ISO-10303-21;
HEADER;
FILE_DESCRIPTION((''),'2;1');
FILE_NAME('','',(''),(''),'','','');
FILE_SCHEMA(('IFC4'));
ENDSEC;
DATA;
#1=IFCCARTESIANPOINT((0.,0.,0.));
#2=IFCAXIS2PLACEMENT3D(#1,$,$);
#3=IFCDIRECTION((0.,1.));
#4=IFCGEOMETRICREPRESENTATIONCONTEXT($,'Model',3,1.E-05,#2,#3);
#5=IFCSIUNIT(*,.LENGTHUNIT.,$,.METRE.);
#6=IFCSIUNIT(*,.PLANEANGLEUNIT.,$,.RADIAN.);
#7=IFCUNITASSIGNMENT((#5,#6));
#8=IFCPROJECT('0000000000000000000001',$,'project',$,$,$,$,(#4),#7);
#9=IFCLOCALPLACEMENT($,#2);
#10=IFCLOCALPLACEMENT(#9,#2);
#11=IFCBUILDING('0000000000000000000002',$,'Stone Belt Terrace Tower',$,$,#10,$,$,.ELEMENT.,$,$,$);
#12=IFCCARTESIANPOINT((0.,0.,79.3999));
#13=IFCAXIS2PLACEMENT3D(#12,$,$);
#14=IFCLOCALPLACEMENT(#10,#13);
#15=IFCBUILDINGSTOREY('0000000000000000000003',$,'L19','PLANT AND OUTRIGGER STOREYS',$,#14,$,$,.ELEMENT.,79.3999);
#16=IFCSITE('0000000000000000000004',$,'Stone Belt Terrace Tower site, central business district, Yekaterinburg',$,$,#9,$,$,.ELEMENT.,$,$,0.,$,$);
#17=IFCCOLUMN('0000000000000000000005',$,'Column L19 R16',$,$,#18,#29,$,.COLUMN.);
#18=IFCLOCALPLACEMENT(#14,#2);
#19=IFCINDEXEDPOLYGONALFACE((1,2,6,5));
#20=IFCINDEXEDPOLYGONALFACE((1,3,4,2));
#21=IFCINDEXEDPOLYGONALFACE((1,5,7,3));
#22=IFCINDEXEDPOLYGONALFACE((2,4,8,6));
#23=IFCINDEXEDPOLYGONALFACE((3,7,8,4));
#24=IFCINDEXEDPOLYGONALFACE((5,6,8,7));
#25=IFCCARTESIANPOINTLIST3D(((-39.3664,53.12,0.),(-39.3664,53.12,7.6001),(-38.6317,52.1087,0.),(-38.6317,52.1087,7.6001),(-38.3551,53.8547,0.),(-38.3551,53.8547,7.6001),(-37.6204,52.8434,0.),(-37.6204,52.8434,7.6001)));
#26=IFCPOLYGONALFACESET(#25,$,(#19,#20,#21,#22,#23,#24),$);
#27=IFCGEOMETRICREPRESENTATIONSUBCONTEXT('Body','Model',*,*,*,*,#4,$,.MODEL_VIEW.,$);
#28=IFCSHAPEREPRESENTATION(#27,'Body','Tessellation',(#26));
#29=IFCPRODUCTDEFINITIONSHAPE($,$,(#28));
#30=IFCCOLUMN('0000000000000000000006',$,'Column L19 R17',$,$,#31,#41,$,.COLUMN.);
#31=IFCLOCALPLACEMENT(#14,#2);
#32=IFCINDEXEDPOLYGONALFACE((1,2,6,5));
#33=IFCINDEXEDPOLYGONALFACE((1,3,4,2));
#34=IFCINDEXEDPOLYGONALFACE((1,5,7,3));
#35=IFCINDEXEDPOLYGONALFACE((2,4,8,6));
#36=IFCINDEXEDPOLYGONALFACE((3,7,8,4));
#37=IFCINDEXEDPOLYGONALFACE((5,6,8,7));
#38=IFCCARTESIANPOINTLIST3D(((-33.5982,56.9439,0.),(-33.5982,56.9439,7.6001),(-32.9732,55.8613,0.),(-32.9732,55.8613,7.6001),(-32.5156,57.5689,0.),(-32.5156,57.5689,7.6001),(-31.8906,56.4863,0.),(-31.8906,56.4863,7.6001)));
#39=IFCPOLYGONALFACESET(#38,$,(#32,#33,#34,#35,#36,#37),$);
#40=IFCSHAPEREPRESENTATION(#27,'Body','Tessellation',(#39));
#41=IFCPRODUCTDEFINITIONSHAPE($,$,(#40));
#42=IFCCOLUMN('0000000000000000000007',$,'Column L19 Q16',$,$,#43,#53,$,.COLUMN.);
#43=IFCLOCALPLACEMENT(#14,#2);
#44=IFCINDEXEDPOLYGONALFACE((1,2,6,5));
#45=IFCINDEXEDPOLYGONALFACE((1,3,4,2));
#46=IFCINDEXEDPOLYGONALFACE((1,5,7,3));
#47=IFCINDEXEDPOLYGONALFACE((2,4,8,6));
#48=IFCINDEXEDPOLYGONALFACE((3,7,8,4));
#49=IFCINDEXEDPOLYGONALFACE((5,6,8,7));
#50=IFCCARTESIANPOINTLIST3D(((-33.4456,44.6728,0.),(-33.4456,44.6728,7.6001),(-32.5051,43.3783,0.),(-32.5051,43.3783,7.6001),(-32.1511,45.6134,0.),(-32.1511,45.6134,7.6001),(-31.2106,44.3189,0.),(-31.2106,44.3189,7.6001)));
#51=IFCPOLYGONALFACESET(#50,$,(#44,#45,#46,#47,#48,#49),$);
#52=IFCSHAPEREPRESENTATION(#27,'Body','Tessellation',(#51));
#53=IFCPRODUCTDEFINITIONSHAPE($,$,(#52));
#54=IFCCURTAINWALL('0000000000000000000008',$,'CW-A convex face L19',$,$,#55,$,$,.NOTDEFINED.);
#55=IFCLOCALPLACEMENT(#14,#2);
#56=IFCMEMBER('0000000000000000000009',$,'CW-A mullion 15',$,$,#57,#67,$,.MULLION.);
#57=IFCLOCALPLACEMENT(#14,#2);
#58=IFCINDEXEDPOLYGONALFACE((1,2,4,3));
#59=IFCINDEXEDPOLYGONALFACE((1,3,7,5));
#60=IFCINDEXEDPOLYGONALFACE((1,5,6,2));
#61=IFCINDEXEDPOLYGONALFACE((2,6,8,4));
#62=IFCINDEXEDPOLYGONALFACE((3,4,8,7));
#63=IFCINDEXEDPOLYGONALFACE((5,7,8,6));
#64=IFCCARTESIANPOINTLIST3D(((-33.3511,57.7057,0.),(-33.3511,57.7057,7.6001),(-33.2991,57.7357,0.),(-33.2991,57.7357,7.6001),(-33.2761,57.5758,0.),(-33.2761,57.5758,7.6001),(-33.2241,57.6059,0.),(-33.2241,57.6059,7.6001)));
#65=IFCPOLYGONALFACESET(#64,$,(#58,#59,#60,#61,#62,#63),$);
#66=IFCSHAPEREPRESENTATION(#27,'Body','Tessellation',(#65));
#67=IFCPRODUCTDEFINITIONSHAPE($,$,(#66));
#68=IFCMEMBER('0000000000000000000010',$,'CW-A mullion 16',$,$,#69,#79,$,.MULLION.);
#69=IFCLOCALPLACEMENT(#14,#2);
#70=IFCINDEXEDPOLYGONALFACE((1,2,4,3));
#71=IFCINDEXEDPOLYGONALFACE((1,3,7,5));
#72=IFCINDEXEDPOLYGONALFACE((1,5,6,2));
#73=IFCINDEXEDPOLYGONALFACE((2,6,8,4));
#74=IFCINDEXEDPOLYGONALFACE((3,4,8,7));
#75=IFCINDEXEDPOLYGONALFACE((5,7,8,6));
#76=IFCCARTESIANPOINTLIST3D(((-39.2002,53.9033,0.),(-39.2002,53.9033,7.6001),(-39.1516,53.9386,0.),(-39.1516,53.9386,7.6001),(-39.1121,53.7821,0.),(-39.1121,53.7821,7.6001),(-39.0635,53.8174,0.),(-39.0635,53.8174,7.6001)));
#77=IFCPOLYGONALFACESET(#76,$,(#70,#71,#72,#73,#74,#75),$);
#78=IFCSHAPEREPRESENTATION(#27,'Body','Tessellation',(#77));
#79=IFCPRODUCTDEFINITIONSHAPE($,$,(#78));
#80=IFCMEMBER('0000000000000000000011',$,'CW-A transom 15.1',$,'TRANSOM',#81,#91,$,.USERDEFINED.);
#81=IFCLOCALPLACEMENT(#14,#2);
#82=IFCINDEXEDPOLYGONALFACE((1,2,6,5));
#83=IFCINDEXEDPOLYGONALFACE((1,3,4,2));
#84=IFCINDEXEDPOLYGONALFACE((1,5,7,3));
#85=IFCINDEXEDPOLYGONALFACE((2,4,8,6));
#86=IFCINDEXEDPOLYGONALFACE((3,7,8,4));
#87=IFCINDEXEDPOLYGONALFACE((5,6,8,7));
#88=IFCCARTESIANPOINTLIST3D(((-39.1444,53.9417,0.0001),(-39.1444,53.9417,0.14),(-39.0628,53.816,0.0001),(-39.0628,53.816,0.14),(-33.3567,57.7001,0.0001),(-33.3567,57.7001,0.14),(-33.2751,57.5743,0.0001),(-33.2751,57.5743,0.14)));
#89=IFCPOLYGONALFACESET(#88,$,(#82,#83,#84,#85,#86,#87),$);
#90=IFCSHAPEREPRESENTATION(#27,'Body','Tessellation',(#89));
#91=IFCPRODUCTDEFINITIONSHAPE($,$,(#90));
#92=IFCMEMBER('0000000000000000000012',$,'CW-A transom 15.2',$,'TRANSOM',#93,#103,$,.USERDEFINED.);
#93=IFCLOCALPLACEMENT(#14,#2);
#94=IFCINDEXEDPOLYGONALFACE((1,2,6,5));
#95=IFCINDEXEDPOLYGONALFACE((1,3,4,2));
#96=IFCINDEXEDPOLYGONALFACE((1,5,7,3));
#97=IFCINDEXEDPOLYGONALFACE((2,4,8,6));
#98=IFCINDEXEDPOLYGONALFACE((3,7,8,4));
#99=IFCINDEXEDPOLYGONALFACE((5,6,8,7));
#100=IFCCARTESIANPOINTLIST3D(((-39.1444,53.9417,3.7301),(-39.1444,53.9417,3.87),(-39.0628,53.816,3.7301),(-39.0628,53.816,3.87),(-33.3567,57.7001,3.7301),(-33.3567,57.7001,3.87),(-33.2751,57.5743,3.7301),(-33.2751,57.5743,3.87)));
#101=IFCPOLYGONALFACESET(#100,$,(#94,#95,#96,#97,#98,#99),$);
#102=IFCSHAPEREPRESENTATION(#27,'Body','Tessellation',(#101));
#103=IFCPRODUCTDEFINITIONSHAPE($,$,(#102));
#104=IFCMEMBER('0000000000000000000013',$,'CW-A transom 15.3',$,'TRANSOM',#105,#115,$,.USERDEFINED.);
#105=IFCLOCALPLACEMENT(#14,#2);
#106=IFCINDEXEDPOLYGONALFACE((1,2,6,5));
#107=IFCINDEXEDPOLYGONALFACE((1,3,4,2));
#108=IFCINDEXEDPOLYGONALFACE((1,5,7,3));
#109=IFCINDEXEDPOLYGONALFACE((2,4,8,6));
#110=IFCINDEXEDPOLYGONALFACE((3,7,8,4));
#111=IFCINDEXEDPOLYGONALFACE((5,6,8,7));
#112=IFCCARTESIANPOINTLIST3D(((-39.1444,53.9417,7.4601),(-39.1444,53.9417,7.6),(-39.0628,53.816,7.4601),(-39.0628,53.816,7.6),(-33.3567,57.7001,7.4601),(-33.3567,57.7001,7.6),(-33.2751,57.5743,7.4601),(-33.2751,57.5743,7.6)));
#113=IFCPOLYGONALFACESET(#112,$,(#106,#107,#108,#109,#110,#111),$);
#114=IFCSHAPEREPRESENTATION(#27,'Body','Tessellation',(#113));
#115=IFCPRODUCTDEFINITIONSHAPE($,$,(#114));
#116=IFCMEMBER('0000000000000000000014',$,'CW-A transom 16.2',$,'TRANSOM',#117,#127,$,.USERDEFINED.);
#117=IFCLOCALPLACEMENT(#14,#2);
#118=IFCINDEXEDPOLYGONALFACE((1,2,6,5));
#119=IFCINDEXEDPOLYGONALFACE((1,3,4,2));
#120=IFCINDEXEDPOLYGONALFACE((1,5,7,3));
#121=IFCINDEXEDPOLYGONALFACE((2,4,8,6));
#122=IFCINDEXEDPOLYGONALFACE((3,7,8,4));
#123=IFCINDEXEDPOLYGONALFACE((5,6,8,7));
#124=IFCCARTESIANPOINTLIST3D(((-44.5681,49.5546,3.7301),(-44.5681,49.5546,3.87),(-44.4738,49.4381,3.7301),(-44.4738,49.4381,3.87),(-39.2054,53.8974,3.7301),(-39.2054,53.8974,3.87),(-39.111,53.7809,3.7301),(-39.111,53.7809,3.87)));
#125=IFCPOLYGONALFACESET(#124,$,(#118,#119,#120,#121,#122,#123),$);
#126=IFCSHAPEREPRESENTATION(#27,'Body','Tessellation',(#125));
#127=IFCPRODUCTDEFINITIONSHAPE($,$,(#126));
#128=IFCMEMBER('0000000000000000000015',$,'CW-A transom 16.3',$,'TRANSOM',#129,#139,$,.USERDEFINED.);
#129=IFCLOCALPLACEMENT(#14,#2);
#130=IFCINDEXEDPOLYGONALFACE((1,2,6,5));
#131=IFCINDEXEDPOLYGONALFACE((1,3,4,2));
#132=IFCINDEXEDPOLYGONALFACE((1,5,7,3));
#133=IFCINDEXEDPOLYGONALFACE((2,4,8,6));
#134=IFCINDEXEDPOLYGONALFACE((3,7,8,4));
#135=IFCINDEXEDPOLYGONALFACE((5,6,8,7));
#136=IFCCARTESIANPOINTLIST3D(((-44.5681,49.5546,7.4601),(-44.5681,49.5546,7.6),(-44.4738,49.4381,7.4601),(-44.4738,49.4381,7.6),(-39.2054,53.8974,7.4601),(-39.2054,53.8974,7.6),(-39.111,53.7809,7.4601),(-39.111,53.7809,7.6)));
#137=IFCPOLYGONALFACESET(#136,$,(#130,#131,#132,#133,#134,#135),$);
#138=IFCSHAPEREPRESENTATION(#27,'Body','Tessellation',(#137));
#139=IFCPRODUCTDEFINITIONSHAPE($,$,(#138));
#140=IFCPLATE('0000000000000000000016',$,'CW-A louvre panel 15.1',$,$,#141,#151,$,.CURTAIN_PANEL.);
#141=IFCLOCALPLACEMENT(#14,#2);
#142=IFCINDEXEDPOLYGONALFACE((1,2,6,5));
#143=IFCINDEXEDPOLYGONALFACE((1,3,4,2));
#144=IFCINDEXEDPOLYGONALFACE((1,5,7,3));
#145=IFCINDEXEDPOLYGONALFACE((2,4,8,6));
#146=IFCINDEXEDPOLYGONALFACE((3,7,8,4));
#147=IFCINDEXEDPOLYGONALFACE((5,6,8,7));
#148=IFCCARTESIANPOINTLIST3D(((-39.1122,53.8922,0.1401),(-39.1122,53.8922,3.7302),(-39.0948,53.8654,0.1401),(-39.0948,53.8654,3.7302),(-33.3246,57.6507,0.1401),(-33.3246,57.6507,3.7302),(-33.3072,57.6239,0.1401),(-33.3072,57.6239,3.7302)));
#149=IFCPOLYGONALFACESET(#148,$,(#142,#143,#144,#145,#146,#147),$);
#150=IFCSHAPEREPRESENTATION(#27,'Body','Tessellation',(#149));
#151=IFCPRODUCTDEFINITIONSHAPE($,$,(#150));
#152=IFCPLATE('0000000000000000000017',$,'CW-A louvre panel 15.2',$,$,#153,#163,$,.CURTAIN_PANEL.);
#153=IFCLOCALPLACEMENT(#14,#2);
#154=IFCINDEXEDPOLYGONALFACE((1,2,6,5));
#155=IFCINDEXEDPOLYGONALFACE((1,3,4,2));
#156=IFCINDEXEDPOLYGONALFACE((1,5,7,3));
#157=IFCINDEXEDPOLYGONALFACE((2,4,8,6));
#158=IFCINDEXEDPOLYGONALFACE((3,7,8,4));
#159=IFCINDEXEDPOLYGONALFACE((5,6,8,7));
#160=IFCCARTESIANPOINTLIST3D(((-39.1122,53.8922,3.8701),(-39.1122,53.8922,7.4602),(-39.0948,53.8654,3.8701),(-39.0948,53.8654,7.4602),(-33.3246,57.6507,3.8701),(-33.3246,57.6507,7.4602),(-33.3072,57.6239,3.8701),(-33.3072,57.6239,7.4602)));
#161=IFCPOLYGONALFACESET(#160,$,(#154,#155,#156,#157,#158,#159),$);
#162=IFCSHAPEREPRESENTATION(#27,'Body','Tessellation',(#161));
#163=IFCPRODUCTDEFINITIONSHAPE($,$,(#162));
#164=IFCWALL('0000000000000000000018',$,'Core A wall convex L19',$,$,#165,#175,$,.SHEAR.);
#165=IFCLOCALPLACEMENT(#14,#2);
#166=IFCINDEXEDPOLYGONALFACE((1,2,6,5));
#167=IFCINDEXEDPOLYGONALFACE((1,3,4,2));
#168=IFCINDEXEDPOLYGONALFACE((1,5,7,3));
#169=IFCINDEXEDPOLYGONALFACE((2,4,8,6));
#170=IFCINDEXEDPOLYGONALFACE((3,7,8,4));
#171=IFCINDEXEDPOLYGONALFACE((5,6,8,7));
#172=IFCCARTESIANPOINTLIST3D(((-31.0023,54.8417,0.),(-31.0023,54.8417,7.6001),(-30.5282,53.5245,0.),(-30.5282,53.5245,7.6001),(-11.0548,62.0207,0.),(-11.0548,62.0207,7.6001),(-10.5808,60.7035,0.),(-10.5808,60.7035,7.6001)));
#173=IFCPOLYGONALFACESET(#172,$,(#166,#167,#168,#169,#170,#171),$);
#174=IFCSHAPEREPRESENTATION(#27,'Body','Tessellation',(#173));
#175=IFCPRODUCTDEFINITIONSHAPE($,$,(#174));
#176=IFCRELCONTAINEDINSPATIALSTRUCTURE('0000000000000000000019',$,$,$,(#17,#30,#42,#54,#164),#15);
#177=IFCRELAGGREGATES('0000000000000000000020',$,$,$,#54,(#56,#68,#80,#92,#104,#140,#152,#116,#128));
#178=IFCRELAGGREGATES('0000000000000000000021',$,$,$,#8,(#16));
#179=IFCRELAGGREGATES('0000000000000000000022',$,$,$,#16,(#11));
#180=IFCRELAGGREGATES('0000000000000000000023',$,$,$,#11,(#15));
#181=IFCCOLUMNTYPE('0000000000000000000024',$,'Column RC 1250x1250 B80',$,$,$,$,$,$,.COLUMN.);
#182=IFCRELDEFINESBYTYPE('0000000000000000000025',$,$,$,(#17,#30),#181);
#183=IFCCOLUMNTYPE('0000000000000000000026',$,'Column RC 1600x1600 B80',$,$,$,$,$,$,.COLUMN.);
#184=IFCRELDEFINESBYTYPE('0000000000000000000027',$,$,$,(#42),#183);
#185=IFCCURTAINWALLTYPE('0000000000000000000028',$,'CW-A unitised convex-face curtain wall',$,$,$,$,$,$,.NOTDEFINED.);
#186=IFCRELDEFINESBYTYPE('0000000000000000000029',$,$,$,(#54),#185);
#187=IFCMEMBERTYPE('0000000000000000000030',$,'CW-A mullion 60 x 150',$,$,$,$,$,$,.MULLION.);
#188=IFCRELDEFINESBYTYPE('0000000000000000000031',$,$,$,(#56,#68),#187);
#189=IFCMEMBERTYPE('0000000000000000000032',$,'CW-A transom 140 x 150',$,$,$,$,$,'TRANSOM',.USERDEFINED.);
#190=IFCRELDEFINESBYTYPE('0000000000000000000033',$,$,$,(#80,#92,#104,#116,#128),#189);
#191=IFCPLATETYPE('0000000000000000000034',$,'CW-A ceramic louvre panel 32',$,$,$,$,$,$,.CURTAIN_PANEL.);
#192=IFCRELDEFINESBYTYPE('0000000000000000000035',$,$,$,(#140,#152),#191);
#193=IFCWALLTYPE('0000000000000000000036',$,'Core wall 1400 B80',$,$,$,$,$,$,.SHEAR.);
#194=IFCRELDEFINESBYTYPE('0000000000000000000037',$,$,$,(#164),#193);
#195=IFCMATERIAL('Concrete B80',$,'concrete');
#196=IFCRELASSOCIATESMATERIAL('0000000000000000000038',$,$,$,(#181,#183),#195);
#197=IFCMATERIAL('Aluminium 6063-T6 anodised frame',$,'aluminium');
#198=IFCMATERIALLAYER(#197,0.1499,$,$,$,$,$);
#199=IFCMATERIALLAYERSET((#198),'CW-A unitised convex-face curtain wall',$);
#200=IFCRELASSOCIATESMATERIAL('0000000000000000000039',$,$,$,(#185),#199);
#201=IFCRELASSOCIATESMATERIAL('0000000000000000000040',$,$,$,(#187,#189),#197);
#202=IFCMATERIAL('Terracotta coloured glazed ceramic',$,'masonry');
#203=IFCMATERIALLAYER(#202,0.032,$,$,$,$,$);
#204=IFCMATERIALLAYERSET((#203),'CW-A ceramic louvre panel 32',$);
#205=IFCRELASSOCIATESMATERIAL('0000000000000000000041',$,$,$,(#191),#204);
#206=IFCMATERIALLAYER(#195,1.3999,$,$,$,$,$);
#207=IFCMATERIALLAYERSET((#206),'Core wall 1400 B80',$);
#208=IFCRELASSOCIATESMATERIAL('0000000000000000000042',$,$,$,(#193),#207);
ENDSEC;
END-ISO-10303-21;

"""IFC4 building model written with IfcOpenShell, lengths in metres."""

from ifc_helpers import new_model, si_unit, direction, frame, frame_2d, origin, origin_2d, place, context, subcontext, project, spatial, rectangle, extrude, material, layer, layer_set, material_profile, profile_set, type_object, element, aggregate, save


model = new_model("IFC4")

# Units and contexts
model_context = context("Model", 3, precision=1e-05, world=origin(), true_north=direction((0.0, 1.0)))
body_context = subcontext(model_context, "Body", "Model", "MODEL_VIEW")
ifc_project = project(units=[si_unit("LENGTHUNIT", "METRE"), si_unit("PLANEANGLEUNIT", "RADIAN")], contexts=[model_context])

# Site, building, storey
site_placement = place(None, origin())
site = spatial("IfcSite", under=ifc_project, at=site_placement, Name="Stone Belt Terrace Tower site, central business district, Yekaterinburg", CompositionType="ELEMENT", RefElevation=0.0)
building_placement = place(site_placement, origin())
building = spatial("IfcBuilding", under=site, at=building_placement, Name="Stone Belt Terrace Tower", CompositionType="ELEMENT")
storey_placement = place(building_placement, frame((0.0, 0.0, 79.3999)))
storey = spatial("IfcBuildingStorey", under=building, at=storey_placement, Name="L19", Description="PLANT AND OUTRIGGER STOREYS", CompositionType="ELEMENT", Elevation=79.3999)

# Columns
ifc_material_1 = material(Name="Concrete B80", Category="concrete")
ifc_material_profile_1 = material_profile(ifc_material_1, rectangle(XDim=1.25, YDim=1.25, at=origin_2d()), Name="RC 1250x1250")
ifc_profile_set_1 = profile_set([ifc_material_profile_1], Name="Concrete B80")
column_type_1 = type_object("IfcColumnType", Name="Column RC 1250x1250 B80", PredefinedType="COLUMN", material=ifc_profile_set_1)
for number, where, z_axis, x_axis, name in (
    (1, (-38.4934, 52.9817, 0.0), (0.0, 0.0, 1.0), (0.809017, 0.587785, 0.0), "Column L19 R16"),
    (2, (-32.7444, 56.7151, 0.0), (0.0, 0.0, 1.0), (0.866025, 0.5, 0.0), "Column L19 R17"),
):
    element("IfcColumn", number, at=place(storey_placement, frame(where, z_axis=z_axis, x_axis=x_axis)), inside=storey, type_object=column_type_1, Name=name, PredefinedType="COLUMN", context=body_context, shape_type="SweptSolid", body=[
        extrude(rectangle(XDim=1.25, YDim=1.25, at=origin_2d()), origin(), (0.0, 0.0, 1.0), 7.6001),
    ])
ifc_material_profile_2 = material_profile(ifc_material_1, rectangle(XDim=1.6001, YDim=1.6001, at=origin_2d()), Name="RC 1600x1600")
ifc_profile_set_2 = profile_set([ifc_material_profile_2], Name="Concrete B80")
column_type_2 = type_object("IfcColumnType", Name="Column RC 1600x1600 B80", PredefinedType="COLUMN", material=ifc_profile_set_2)
column_placement = place(storey_placement, frame((-32.3281, 44.4958, 0.0), z_axis=(0.0, 0.0, 1.0), x_axis=(0.809017, 0.587785, 0.0)))
element("IfcColumn", 3, at=column_placement, inside=storey, type_object=column_type_2, Name="Column L19 Q16", PredefinedType="COLUMN", context=body_context, shape_type="SweptSolid", body=[
    extrude(rectangle(XDim=1.6001, YDim=1.6001, at=origin_2d()), origin(), (0.0, 0.0, 1.0), 7.6001),
])

# Curtain wall, members, plates
ifc_material_2 = material(Name="Aluminium 6063-T6 anodised frame", Category="aluminium")
ifc_layer_1 = layer(ifc_material_2, 0.1499)
ifc_layer_set_1 = layer_set([ifc_layer_1], Name="CW-A unitised convex-face curtain wall")
curtain_wall_type = type_object("IfcCurtainWallType", Name="CW-A unitised convex-face curtain wall", PredefinedType="NOTDEFINED", material=ifc_layer_set_1)
curtain_wall_placement = place(storey_placement, origin())
curtain_wall = element("IfcCurtainWall", 4, at=curtain_wall_placement, inside=storey, type_object=curtain_wall_type, Name="CW-A convex face L19", PredefinedType="NOTDEFINED")
ifc_material_profile_3 = material_profile(ifc_material_2, rectangle(XDim=0.1499, YDim=0.0601, at=origin_2d()), Name="Aluminium 6063-T6 60x150")
ifc_profile_set_3 = profile_set([ifc_material_profile_3], Name="Aluminium 6063-T6 anodised frame")
member_type_1 = type_object("IfcMemberType", Name="CW-A mullion 60 x 150", PredefinedType="MULLION", material=ifc_profile_set_3)
member_1_placement = place(storey_placement, frame((-33.2876, 57.6558, 0.0), z_axis=(0.0, 0.0, 1.0), x_axis=(0.5, -0.866025, 0.0)))
member_1 = element("IfcMember", 5, at=member_1_placement, type_object=member_type_1, Name="CW-A mullion 15", PredefinedType="MULLION", context=body_context, shape_type="SweptSolid", body=[
    extrude(rectangle(XDim=0.1499, YDim=0.0601, at=origin_2d()), origin(), (0.0, 0.0, 1.0), 7.6001),
])
member_2_placement = place(storey_placement, frame((-39.1318, 53.8604, 0.0), z_axis=(0.0, 0.0, 1.0), x_axis=(0.587785, -0.809017, 0.0)))
member_2 = element("IfcMember", 6, at=member_2_placement, type_object=member_type_1, Name="CW-A mullion 16", PredefinedType="MULLION", context=body_context, shape_type="SweptSolid", body=[
    extrude(rectangle(XDim=0.1499, YDim=0.0601, at=origin_2d()), origin(), (0.0, 0.0, 1.0), 7.6001),
])
ifc_material_profile_4 = material_profile(ifc_material_2, rectangle(XDim=0.1499, YDim=0.1399, at=origin_2d()), Name="Aluminium 6063-T6 150x140")
ifc_profile_set_4 = profile_set([ifc_material_profile_4], Name="Aluminium 6063-T6 anodised frame")
member_type_2 = type_object("IfcMemberType", Name="CW-A transom 140 x 150", ElementType="TRANSOM", PredefinedType="USERDEFINED", material=ifc_profile_set_4)
member_3_placement = place(storey_placement, frame((-33.3159, 57.6372, 0.0701), z_axis=(-0.838684, -0.544618, 0.0), x_axis=(0.544618, -0.838684, 0.0)))
member_3 = element("IfcMember", 7, at=member_3_placement, type_object=member_type_2, Name="CW-A transom 15.1", ObjectType="TRANSOM", PredefinedType="USERDEFINED", context=body_context, shape_type="SweptSolid", body=[
    extrude(rectangle(XDim=0.1499, YDim=0.1399, at=origin_2d()), origin(), (0.0, 0.0, 1.0), 6.9009),
])
member_4_placement = place(storey_placement, frame((-33.3159, 57.6372, 3.8), z_axis=(-0.838684, -0.544618, 0.0), x_axis=(0.544618, -0.838684, 0.0)))
member_4 = element("IfcMember", 8, at=member_4_placement, type_object=member_type_2, Name="CW-A transom 15.2", ObjectType="TRANSOM", PredefinedType="USERDEFINED", context=body_context, shape_type="SweptSolid", body=[
    extrude(rectangle(XDim=0.1499, YDim=0.1399, at=origin_2d()), origin(), (0.0, 0.0, 1.0), 6.9009),
])
member_5_placement = place(storey_placement, frame((-33.3159, 57.6372, 7.53), z_axis=(-0.838684, -0.544618, 0.0), x_axis=(0.544618, -0.838684, 0.0)))
member_5 = element("IfcMember", 9, at=member_5_placement, type_object=member_type_2, Name="CW-A transom 15.3", ObjectType="TRANSOM", PredefinedType="USERDEFINED", context=body_context, shape_type="SweptSolid", body=[
    extrude(rectangle(XDim=0.1499, YDim=0.1399, at=origin_2d()), origin(), (0.0, 0.0, 1.0), 6.9009),
])
member_6_placement = place(storey_placement, frame((-39.1582, 53.8391, 3.8), z_axis=(-0.777141, -0.629326, 0.0), x_axis=(0.629326, -0.777141, 0.0)))
member_6 = element("IfcMember", 10, at=member_6_placement, type_object=member_type_2, Name="CW-A transom 16.2", ObjectType="TRANSOM", PredefinedType="USERDEFINED", context=body_context, shape_type="SweptSolid", body=[
    extrude(rectangle(XDim=0.1499, YDim=0.1399, at=origin_2d()), origin(), (0.0, 0.0, 1.0), 6.9006),
])
member_7_placement = place(storey_placement, frame((-39.1582, 53.8391, 7.53), z_axis=(-0.777141, -0.629326, 0.0), x_axis=(0.629326, -0.777141, 0.0)))
member_7 = element("IfcMember", 11, at=member_7_placement, type_object=member_type_2, Name="CW-A transom 16.3", ObjectType="TRANSOM", PredefinedType="USERDEFINED", context=body_context, shape_type="SweptSolid", body=[
    extrude(rectangle(XDim=0.1499, YDim=0.1399, at=origin_2d()), origin(), (0.0, 0.0, 1.0), 6.9006),
])
ifc_material_3 = material(Name="Terracotta coloured glazed ceramic", Category="masonry")
ifc_layer_2 = layer(ifc_material_3, 0.032)
ifc_layer_set_2 = layer_set([ifc_layer_2], Name="CW-A ceramic louvre panel 32")
plate_type = type_object("IfcPlateType", Name="CW-A ceramic louvre panel 32", PredefinedType="CURTAIN_PANEL", material=ifc_layer_set_2)
plate_1_placement = place(storey_placement, frame((-36.2097, 55.7581, 0.1401), z_axis=(0.0, 0.0, 1.0), x_axis=(-0.838671, -0.544639, 0.0)))
plate_1 = element("IfcPlate", 12, at=plate_1_placement, type_object=plate_type, Name="CW-A louvre panel 15.1", PredefinedType="CURTAIN_PANEL", context=body_context, shape_type="SweptSolid", body=[
    extrude(rectangle(XDim=6.9009, YDim=0.032, at=origin_2d()), origin(), (0.0, 0.0, 1.0), 3.5901),
])
plate_2_placement = place(storey_placement, frame((-36.2097, 55.7581, 3.8701), z_axis=(0.0, 0.0, 1.0), x_axis=(-0.838671, -0.544639, 0.0)))
plate_2 = element("IfcPlate", 13, at=plate_2_placement, type_object=plate_type, Name="CW-A louvre panel 15.2", PredefinedType="CURTAIN_PANEL", context=body_context, shape_type="SweptSolid", body=[
    extrude(rectangle(XDim=6.9009, YDim=0.032, at=origin_2d()), origin(), (0.0, 0.0, 1.0), 3.5901),
])
aggregate(curtain_wall, [member_1, member_2, member_3, member_4, member_5, plate_1, plate_2, member_6, member_7])

# Wall
ifc_layer_3 = layer(ifc_material_1, 1.3999)
ifc_layer_set_3 = layer_set([ifc_layer_3], Name="Core wall 1400 B80")
wall_type_1 = type_object("IfcWallType", Name="Core wall 1400 B80", PredefinedType="SHEAR", material=ifc_layer_set_3)
wall_1_placement = place(storey_placement, frame((-30.7654, 54.1831, 0.0), z_axis=(0.0, 0.0, 1.0), x_axis=(0.94092, 0.33863, 0.0)))
element("IfcWall", 14, at=wall_1_placement, inside=storey, type_object=wall_type_1, Name="Core A wall convex L19", PredefinedType="SHEAR", context=body_context, shape_type="SweptSolid", body=[
    extrude(rectangle(XDim=21.2, YDim=1.3999, at=frame_2d((10.6001, 0.0))), origin(), (0.0, 0.0, 1.0), 7.6001),
])

save(model, "model.ifc")
